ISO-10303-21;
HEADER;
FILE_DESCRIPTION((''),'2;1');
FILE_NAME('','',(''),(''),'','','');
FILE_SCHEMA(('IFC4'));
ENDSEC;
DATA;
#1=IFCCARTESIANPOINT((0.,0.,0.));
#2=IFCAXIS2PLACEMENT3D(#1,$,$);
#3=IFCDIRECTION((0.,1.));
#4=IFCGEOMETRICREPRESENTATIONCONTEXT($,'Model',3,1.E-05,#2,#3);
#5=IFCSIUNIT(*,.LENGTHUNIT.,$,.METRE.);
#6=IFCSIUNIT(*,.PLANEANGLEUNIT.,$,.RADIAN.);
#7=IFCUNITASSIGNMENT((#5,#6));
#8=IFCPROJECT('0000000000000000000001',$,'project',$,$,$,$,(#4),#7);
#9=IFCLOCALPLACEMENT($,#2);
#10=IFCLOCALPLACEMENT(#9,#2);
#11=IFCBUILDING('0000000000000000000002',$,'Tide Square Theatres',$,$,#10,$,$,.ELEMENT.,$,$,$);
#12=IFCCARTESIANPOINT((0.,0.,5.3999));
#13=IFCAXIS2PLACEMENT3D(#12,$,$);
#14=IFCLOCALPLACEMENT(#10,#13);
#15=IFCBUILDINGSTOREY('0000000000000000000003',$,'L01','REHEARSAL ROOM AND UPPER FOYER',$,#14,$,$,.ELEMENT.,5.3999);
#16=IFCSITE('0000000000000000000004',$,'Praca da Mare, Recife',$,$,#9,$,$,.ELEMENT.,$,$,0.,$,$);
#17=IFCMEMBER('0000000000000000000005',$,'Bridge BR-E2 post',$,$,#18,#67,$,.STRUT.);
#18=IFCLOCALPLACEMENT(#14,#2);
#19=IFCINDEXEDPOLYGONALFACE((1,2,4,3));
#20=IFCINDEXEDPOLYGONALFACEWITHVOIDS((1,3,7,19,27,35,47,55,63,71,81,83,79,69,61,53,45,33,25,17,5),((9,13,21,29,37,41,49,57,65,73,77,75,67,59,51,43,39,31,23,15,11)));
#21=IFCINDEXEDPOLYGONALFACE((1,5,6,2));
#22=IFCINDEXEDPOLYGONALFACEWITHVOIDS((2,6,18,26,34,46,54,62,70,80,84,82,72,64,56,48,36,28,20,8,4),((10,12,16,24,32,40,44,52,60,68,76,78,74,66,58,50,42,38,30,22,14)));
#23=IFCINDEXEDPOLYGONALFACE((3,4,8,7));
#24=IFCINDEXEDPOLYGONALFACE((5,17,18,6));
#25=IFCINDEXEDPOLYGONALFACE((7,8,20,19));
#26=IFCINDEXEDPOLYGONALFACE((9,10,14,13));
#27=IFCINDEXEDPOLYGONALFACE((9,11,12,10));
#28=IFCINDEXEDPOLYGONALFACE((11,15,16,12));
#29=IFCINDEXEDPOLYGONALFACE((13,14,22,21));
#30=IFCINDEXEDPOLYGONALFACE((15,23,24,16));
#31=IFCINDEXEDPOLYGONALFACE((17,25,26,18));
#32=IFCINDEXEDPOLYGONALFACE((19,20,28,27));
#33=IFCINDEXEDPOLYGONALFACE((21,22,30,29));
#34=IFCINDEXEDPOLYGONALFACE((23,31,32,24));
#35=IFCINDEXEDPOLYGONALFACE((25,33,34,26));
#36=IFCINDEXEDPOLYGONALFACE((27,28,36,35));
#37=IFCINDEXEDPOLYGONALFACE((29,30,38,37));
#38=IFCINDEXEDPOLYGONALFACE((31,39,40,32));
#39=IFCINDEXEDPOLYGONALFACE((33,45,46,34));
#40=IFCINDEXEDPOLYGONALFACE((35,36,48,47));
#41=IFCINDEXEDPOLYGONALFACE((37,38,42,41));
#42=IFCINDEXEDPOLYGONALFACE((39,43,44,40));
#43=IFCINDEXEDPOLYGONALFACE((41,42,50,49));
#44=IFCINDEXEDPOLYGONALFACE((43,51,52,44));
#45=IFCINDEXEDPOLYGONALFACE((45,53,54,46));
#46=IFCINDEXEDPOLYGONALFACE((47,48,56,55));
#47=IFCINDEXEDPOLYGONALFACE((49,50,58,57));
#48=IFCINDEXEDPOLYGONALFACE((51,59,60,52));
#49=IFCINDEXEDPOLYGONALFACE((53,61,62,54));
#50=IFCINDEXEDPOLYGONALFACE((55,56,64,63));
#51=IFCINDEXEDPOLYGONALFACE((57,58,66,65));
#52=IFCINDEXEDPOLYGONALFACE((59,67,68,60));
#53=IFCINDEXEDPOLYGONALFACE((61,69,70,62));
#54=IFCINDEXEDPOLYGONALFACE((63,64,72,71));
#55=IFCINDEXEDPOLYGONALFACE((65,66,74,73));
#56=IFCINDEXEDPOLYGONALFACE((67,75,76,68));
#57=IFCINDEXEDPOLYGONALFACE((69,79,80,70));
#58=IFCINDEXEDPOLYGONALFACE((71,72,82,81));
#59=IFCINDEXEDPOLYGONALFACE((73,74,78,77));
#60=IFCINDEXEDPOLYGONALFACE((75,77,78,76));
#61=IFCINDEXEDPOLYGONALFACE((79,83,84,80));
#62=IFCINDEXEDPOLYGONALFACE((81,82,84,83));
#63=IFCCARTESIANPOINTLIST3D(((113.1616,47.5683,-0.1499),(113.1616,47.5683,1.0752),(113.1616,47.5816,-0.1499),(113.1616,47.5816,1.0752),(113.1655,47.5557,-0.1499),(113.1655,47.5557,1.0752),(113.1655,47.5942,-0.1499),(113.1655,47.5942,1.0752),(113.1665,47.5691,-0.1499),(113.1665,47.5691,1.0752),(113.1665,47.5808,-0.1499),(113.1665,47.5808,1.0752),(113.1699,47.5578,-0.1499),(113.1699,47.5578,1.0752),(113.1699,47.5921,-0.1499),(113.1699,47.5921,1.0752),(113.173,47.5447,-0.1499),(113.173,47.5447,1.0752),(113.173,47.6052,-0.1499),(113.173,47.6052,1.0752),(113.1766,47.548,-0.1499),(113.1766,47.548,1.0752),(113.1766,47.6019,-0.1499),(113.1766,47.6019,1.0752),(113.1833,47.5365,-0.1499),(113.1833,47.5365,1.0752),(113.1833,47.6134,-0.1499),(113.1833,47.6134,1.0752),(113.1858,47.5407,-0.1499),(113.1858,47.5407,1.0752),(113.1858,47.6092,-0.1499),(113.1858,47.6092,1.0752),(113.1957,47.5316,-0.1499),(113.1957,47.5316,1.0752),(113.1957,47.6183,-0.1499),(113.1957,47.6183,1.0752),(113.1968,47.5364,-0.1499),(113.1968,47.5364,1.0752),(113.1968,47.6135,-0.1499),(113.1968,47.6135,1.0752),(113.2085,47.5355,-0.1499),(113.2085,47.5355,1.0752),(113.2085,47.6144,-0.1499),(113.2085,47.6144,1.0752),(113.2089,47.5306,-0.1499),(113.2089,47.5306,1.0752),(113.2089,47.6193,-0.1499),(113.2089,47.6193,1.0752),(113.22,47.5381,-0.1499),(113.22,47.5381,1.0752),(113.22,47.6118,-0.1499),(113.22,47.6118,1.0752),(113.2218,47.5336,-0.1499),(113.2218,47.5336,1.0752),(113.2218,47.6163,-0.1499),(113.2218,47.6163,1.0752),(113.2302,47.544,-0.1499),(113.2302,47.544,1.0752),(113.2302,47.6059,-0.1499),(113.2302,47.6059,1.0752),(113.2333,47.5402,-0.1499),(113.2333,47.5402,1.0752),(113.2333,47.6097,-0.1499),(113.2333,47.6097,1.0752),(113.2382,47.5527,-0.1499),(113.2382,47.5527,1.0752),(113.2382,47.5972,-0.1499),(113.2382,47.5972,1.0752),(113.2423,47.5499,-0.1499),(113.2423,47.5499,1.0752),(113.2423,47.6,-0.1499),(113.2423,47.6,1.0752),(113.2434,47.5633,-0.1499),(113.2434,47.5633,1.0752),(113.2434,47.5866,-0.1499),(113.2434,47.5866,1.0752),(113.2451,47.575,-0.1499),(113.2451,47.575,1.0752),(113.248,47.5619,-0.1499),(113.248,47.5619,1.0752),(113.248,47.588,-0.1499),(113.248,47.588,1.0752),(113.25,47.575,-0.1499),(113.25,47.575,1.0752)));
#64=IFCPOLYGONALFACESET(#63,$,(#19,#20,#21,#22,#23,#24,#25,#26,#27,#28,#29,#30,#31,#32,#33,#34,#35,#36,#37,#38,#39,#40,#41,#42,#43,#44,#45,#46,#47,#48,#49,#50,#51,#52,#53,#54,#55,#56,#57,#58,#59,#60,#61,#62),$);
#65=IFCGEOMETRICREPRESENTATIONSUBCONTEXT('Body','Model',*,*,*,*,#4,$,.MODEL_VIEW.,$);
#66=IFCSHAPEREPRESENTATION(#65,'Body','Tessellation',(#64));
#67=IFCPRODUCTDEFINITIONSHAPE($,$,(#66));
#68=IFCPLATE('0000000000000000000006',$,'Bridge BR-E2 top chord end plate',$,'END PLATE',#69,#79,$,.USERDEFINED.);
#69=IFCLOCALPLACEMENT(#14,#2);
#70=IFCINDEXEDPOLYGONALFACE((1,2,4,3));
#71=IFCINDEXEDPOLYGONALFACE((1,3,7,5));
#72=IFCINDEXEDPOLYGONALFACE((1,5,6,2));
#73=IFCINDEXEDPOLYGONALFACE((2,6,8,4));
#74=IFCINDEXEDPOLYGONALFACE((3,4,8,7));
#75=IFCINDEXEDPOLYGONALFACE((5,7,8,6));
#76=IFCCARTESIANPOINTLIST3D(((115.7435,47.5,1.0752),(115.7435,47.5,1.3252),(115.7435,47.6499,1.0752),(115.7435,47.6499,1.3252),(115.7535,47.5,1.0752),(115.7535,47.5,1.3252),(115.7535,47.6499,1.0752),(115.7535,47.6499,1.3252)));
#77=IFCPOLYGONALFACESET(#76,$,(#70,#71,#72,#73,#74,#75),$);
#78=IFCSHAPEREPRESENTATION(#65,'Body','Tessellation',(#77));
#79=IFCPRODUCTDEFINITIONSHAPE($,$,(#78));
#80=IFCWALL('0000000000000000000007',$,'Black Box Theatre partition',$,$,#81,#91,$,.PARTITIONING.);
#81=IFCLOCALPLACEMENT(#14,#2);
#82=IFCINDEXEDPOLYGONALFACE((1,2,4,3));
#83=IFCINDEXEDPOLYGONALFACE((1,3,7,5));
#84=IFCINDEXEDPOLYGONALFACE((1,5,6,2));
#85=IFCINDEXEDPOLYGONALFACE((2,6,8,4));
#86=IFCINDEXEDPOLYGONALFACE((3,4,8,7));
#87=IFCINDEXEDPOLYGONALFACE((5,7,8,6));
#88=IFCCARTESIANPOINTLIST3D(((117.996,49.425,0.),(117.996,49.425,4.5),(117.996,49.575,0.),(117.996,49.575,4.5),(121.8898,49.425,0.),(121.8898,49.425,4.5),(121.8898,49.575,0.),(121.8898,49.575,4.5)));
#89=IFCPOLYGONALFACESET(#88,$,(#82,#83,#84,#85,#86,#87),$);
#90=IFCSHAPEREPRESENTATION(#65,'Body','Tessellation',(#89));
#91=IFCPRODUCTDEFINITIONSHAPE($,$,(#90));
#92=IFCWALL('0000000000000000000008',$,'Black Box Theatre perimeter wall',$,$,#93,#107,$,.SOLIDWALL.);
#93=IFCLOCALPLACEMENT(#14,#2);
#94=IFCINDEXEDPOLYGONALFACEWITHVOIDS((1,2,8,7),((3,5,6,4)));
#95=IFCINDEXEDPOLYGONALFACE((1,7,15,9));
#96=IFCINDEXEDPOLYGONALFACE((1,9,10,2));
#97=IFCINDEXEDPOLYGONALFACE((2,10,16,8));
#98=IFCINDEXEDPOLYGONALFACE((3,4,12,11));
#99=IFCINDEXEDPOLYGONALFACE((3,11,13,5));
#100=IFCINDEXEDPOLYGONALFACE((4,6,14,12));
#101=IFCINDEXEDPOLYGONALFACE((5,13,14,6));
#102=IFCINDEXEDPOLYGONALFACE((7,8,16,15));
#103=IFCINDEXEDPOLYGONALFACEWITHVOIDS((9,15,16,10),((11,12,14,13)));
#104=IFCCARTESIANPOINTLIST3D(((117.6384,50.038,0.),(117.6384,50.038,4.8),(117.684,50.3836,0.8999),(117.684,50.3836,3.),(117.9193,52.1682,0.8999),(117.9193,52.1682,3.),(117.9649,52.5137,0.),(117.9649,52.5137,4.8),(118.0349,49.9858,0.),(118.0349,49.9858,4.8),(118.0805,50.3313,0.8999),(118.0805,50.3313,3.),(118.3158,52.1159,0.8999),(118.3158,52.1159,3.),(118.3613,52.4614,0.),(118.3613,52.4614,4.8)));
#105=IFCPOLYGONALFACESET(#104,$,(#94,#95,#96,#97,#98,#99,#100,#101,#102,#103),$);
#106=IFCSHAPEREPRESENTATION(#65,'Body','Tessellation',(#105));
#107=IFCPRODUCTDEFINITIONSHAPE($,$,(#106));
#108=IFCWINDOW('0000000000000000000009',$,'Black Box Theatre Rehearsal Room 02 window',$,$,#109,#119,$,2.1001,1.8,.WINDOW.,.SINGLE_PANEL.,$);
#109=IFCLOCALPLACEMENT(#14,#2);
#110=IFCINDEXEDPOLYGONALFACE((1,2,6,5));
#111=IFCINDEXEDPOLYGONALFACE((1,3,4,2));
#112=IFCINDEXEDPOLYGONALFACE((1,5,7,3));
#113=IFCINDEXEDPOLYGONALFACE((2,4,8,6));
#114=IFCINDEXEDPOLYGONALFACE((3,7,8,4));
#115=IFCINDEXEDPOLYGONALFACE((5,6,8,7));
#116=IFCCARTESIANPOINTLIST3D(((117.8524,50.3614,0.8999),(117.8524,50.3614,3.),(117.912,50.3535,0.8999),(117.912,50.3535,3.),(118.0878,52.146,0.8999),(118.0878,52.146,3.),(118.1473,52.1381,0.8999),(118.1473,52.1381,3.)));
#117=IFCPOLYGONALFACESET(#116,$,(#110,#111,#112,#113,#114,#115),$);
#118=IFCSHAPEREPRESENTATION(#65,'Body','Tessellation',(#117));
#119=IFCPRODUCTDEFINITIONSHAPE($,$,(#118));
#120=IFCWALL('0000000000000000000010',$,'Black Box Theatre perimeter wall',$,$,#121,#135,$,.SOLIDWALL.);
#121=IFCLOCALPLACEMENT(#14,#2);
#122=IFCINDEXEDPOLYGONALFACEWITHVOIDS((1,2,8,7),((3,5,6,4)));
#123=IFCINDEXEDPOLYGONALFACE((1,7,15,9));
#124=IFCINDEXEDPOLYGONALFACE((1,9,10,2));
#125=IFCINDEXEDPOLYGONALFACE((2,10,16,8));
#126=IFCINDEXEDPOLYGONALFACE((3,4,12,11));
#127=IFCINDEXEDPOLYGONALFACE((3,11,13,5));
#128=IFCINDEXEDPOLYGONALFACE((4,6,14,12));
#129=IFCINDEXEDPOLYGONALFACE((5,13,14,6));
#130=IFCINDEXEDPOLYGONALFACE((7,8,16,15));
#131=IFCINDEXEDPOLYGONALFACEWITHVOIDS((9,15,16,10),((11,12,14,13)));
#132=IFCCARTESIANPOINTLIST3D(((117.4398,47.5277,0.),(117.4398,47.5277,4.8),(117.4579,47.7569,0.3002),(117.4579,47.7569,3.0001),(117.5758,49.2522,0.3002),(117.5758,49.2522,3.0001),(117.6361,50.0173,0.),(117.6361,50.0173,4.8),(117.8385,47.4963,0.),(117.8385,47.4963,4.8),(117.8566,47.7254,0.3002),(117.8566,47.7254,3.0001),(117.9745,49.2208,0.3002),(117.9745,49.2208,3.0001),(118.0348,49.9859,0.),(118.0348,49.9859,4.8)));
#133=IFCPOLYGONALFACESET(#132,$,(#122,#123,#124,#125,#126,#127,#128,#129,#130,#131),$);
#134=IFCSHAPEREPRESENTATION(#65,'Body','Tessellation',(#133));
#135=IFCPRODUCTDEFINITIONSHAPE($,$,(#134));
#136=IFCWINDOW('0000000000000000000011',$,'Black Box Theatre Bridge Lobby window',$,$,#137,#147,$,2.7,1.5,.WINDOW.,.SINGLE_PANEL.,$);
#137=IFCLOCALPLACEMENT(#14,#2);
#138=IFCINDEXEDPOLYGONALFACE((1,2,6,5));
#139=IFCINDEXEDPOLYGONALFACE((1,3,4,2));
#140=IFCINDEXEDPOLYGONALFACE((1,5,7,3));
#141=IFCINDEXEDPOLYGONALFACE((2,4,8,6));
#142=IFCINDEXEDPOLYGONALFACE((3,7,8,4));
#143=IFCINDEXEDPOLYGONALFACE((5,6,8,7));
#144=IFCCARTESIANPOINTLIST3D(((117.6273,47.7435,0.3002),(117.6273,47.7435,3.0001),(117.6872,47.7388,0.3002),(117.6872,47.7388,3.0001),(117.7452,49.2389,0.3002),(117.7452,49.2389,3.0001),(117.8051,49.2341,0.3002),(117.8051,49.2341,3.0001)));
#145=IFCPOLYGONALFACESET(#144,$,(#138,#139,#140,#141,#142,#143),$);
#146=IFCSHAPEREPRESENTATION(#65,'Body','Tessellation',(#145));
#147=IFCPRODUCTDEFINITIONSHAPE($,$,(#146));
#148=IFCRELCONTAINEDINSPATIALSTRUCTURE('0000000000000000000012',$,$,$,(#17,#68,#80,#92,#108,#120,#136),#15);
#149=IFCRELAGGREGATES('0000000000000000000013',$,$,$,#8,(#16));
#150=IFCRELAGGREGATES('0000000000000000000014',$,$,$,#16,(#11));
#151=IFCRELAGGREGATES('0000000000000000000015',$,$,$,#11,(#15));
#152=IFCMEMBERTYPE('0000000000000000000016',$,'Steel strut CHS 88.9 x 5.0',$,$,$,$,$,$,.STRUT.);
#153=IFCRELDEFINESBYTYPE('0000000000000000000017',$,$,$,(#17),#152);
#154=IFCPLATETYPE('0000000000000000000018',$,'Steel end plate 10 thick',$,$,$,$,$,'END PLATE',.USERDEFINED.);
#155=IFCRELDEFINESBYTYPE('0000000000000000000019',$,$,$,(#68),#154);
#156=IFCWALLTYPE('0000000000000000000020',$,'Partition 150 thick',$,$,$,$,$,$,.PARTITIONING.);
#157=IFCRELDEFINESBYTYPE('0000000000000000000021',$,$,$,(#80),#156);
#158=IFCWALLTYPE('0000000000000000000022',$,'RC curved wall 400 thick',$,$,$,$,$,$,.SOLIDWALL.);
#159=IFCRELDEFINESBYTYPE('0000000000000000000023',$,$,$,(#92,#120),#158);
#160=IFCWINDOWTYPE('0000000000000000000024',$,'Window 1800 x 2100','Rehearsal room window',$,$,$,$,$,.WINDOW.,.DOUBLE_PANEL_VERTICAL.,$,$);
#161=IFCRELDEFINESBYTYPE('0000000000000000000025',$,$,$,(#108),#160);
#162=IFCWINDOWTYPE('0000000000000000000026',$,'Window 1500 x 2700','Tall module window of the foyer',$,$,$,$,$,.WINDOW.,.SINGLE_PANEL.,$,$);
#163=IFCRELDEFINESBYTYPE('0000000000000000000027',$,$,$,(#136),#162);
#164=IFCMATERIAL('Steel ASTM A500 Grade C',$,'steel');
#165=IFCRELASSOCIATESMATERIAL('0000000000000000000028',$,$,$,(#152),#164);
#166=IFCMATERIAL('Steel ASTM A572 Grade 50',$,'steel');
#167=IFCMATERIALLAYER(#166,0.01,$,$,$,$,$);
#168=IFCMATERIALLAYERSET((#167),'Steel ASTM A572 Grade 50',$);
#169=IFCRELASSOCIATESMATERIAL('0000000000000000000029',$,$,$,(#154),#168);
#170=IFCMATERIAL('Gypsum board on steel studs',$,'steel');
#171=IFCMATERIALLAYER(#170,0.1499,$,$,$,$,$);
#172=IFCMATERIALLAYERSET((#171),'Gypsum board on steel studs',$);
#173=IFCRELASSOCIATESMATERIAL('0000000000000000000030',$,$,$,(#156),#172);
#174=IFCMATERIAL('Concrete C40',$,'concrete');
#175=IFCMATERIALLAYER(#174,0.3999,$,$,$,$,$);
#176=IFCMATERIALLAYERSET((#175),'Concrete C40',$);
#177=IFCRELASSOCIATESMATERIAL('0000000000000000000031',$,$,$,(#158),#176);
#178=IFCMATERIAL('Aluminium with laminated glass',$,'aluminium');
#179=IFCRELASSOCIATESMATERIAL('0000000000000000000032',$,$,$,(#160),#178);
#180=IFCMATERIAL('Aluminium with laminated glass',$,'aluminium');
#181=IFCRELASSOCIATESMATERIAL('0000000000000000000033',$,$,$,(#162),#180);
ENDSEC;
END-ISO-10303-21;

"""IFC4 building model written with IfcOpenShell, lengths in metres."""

from ifc_helpers import new_model, si_unit, direction, frame, frame_2d, origin, origin_2d, place, context, subcontext, project, spatial, rectangle, hollow_circle, extrude, material, layer, layer_set, material_profile, profile_set, type_object, element, fill, save


model = new_model("IFC4")

# Units and contexts
model_context = context("Model", 3, precision=1e-05, world=origin(), true_north=direction((0.0, 1.0)))
body_context = subcontext(model_context, "Body", "Model", "MODEL_VIEW")
ifc_project = project(units=[si_unit("LENGTHUNIT", "METRE"), si_unit("PLANEANGLEUNIT", "RADIAN")], contexts=[model_context])

# Site, building, storey
site_placement = place(None, origin())
site = spatial("IfcSite", under=ifc_project, at=site_placement, Name="Praca da Mare, Recife", CompositionType="ELEMENT", RefElevation=0.0)
building_placement = place(site_placement, origin())
building = spatial("IfcBuilding", under=site, at=building_placement, Name="Tide Square Theatres", CompositionType="ELEMENT")
storey_placement = place(building_placement, frame((0.0, 0.0, 5.3999)))
storey = spatial("IfcBuildingStorey", under=building, at=storey_placement, Name="L01", Description="REHEARSAL ROOM AND UPPER FOYER", CompositionType="ELEMENT", Elevation=5.3999)

# Member
ifc_material_1 = material(Name="Steel ASTM A500 Grade C", Category="steel")
ifc_material_profile_1 = material_profile(ifc_material_1, hollow_circle(Radius=0.0444, WallThickness=0.0049, at=origin_2d()))
ifc_profile_set_1 = profile_set([ifc_material_profile_1], Name="Steel ASTM A500 Grade C")
member_type_1 = type_object("IfcMemberType", Name="Steel strut CHS 88.9 x 5.0", PredefinedType="STRUT", material=ifc_profile_set_1)
for number, where, z_axis, x_axis, name in (
    (1, (113.2056, 47.575, -0.1499), (0.0, 0.0, 1.0), (1.0, 0.0, 0.0), "Bridge BR-E2 post"),
):
    element("IfcMember", number, at=place(storey_placement, frame(where, z_axis=z_axis, x_axis=x_axis)), inside=storey, type_object=member_type_1, Name=name, PredefinedType="STRUT", context=body_context, shape_type="SweptSolid", body=[
        extrude(hollow_circle(Radius=0.0444, WallThickness=0.0049, at=origin_2d()), origin(), (0.0, 0.0, 1.0), 1.2251),
    ])

# Plate
ifc_material_2 = material(Name="Steel ASTM A572 Grade 50", Category="steel")
ifc_layer_1 = layer(ifc_material_2, 0.01)
ifc_layer_set_1 = layer_set([ifc_layer_1], Name="Steel ASTM A572 Grade 50")
plate_type = type_object("IfcPlateType", Name="Steel end plate 10 thick", ElementType="END PLATE", PredefinedType="USERDEFINED", material=ifc_layer_set_1)
plate_placement = place(storey_placement, frame((115.7485, 47.575, 1.0752), z_axis=(0.0, 0.0, 1.0), x_axis=(1.0, 0.0, 0.0)))
element("IfcPlate", 2, at=plate_placement, inside=storey, type_object=plate_type, Name="Bridge BR-E2 top chord end plate", ObjectType="END PLATE", PredefinedType="USERDEFINED", context=body_context, shape_type="SweptSolid", body=[
    extrude(rectangle(XDim=0.01, YDim=0.1499, at=origin_2d()), origin(), (0.0, 0.0, 1.0), 0.25),
])

# Wall
ifc_material_3 = material(Name="Gypsum board on steel studs", Category="steel")
ifc_layer_2 = layer(ifc_material_3, 0.1499)
ifc_layer_set_2 = layer_set([ifc_layer_2], Name="Gypsum board on steel studs")
wall_type_1 = type_object("IfcWallType", Name="Partition 150 thick", PredefinedType="PARTITIONING", material=ifc_layer_set_2)
wall_1_placement = place(storey_placement, frame((117.9961, 49.5, 0.0), z_axis=(0.0, 0.0, 1.0), x_axis=(1.0, 0.0, 0.0)))
element("IfcWall", 3, at=wall_1_placement, inside=storey, type_object=wall_type_1, Name="Black Box Theatre partition", PredefinedType="PARTITIONING", context=body_context, shape_type="SweptSolid", body=[
    extrude(rectangle(XDim=3.8938, YDim=0.1499, at=frame_2d((1.9468, 0.0))), origin(), (0.0, 0.0, 1.0), 4.5),
])

# Walls, openings, windows
ifc_material_4 = material(Name="Concrete C40", Category="concrete")
ifc_layer_3 = layer(ifc_material_4, 0.3999)
ifc_layer_set_3 = layer_set([ifc_layer_3], Name="Concrete C40")
wall_type_2 = type_object("IfcWallType", Name="RC curved wall 400 thick", PredefinedType="SOLIDWALL", material=ifc_layer_set_3)
wall_2_placement = place(storey_placement, frame((118.1631, 52.4875, 0.0), z_axis=(0.0, 0.0, 1.0), x_axis=(-0.130723, -0.991419, 0.0)))
wall_2 = element("IfcWall", 4, at=wall_2_placement, inside=storey, type_object=wall_type_2, Name="Black Box Theatre perimeter wall", PredefinedType="SOLIDWALL", context=body_context, shape_type="SweptSolid", body=[
    extrude(rectangle(XDim=2.4971, YDim=0.3999, at=frame_2d((1.2485, 0.0))), origin(), (0.0, 0.0, 1.0), 4.8),
])
opening_1_placement = place(wall_2_placement, frame((0.3486, 0.0, 0.8999)))
opening_1 = element("IfcOpeningElement", 5, at=opening_1_placement, cuts=wall_2, PredefinedType="OPENING", context=body_context, shape_type="SweptSolid", body=[
    extrude(rectangle(XDim=1.8, YDim=2.1001, at=frame_2d((0.8999, 1.05))), frame((0.0, 0.21, 0.0), z_axis=(0.0, -1.0, 0.0), x_axis=(1.0, 0.0, 0.0)), (0.0, 0.0, 1.0), 0.4199),
])
ifc_material_5 = material(Name="Aluminium with laminated glass", Category="aluminium")
window_type_1 = type_object("IfcWindowType", Name="Window 1800 x 2100", Description="Rehearsal room window", PartitioningType="DOUBLE_PANEL_VERTICAL", PredefinedType="WINDOW", material=ifc_material_5)
window_1_placement = place(opening_1_placement, origin())
window_1 = element("IfcWindow", 6, at=window_1_placement, inside=storey, type_object=window_type_1, Name="Black Box Theatre Rehearsal Room 02 window", OverallHeight=2.1001, OverallWidth=1.8, PartitioningType="SINGLE_PANEL", PredefinedType="WINDOW", context=body_context, shape_type="SweptSolid", body=[
    extrude(rectangle(XDim=1.8, YDim=2.1001, at=frame_2d((0.8999, 1.05))), frame((0.0, 0.03, 0.0), z_axis=(0.0, -1.0, 0.0), x_axis=(1.0, 0.0, 0.0)), (0.0, 0.0, 1.0), 0.0601),
])
fill(opening_1, window_1)
wall_3_placement = place(storey_placement, frame((117.8354, 50.0015, 0.0), z_axis=(0.0, 0.0, 1.0), x_axis=(-0.078603, -0.996906, 0.0)))
wall_3 = element("IfcWall", 7, at=wall_3_placement, inside=storey, type_object=wall_type_2, Name="Black Box Theatre perimeter wall", PredefinedType="SOLIDWALL", context=body_context, shape_type="SweptSolid", body=[
    extrude(rectangle(XDim=2.4973, YDim=0.3999, at=frame_2d((1.2485, 0.0))), origin(), (0.0, 0.0, 1.0), 4.8),
])
opening_2_placement = place(wall_3_placement, frame((0.7673, 0.0, 0.3)))
opening_2 = element("IfcOpeningElement", 8, at=opening_2_placement, cuts=wall_3, PredefinedType="OPENING", context=body_context, shape_type="SweptSolid", body=[
    extrude(rectangle(XDim=1.5, YDim=2.7, at=frame_2d((0.75, 1.3501))), frame((0.0, 0.21, 0.0), z_axis=(0.0, -1.0, 0.0), x_axis=(1.0, 0.0, 0.0)), (0.0, 0.0, 1.0), 0.4199),
])
ifc_material_6 = material(Name="Aluminium with laminated glass", Category="aluminium")
window_type_2 = type_object("IfcWindowType", Name="Window 1500 x 2700", Description="Tall module window of the foyer", PartitioningType="SINGLE_PANEL", PredefinedType="WINDOW", material=ifc_material_6)
window_2_placement = place(opening_2_placement, origin())
window_2 = element("IfcWindow", 9, at=window_2_placement, inside=storey, type_object=window_type_2, Name="Black Box Theatre Bridge Lobby window", OverallHeight=2.7, OverallWidth=1.5, PartitioningType="SINGLE_PANEL", PredefinedType="WINDOW", context=body_context, shape_type="SweptSolid", body=[
    extrude(rectangle(XDim=1.5, YDim=2.7, at=frame_2d((0.75, 1.3501))), frame((0.0, 0.03, 0.0), z_axis=(0.0, -1.0, 0.0), x_axis=(1.0, 0.0, 0.0)), (0.0, 0.0, 1.0), 0.0601),
])
fill(opening_2, window_2)

save(model, "model.ifc")
